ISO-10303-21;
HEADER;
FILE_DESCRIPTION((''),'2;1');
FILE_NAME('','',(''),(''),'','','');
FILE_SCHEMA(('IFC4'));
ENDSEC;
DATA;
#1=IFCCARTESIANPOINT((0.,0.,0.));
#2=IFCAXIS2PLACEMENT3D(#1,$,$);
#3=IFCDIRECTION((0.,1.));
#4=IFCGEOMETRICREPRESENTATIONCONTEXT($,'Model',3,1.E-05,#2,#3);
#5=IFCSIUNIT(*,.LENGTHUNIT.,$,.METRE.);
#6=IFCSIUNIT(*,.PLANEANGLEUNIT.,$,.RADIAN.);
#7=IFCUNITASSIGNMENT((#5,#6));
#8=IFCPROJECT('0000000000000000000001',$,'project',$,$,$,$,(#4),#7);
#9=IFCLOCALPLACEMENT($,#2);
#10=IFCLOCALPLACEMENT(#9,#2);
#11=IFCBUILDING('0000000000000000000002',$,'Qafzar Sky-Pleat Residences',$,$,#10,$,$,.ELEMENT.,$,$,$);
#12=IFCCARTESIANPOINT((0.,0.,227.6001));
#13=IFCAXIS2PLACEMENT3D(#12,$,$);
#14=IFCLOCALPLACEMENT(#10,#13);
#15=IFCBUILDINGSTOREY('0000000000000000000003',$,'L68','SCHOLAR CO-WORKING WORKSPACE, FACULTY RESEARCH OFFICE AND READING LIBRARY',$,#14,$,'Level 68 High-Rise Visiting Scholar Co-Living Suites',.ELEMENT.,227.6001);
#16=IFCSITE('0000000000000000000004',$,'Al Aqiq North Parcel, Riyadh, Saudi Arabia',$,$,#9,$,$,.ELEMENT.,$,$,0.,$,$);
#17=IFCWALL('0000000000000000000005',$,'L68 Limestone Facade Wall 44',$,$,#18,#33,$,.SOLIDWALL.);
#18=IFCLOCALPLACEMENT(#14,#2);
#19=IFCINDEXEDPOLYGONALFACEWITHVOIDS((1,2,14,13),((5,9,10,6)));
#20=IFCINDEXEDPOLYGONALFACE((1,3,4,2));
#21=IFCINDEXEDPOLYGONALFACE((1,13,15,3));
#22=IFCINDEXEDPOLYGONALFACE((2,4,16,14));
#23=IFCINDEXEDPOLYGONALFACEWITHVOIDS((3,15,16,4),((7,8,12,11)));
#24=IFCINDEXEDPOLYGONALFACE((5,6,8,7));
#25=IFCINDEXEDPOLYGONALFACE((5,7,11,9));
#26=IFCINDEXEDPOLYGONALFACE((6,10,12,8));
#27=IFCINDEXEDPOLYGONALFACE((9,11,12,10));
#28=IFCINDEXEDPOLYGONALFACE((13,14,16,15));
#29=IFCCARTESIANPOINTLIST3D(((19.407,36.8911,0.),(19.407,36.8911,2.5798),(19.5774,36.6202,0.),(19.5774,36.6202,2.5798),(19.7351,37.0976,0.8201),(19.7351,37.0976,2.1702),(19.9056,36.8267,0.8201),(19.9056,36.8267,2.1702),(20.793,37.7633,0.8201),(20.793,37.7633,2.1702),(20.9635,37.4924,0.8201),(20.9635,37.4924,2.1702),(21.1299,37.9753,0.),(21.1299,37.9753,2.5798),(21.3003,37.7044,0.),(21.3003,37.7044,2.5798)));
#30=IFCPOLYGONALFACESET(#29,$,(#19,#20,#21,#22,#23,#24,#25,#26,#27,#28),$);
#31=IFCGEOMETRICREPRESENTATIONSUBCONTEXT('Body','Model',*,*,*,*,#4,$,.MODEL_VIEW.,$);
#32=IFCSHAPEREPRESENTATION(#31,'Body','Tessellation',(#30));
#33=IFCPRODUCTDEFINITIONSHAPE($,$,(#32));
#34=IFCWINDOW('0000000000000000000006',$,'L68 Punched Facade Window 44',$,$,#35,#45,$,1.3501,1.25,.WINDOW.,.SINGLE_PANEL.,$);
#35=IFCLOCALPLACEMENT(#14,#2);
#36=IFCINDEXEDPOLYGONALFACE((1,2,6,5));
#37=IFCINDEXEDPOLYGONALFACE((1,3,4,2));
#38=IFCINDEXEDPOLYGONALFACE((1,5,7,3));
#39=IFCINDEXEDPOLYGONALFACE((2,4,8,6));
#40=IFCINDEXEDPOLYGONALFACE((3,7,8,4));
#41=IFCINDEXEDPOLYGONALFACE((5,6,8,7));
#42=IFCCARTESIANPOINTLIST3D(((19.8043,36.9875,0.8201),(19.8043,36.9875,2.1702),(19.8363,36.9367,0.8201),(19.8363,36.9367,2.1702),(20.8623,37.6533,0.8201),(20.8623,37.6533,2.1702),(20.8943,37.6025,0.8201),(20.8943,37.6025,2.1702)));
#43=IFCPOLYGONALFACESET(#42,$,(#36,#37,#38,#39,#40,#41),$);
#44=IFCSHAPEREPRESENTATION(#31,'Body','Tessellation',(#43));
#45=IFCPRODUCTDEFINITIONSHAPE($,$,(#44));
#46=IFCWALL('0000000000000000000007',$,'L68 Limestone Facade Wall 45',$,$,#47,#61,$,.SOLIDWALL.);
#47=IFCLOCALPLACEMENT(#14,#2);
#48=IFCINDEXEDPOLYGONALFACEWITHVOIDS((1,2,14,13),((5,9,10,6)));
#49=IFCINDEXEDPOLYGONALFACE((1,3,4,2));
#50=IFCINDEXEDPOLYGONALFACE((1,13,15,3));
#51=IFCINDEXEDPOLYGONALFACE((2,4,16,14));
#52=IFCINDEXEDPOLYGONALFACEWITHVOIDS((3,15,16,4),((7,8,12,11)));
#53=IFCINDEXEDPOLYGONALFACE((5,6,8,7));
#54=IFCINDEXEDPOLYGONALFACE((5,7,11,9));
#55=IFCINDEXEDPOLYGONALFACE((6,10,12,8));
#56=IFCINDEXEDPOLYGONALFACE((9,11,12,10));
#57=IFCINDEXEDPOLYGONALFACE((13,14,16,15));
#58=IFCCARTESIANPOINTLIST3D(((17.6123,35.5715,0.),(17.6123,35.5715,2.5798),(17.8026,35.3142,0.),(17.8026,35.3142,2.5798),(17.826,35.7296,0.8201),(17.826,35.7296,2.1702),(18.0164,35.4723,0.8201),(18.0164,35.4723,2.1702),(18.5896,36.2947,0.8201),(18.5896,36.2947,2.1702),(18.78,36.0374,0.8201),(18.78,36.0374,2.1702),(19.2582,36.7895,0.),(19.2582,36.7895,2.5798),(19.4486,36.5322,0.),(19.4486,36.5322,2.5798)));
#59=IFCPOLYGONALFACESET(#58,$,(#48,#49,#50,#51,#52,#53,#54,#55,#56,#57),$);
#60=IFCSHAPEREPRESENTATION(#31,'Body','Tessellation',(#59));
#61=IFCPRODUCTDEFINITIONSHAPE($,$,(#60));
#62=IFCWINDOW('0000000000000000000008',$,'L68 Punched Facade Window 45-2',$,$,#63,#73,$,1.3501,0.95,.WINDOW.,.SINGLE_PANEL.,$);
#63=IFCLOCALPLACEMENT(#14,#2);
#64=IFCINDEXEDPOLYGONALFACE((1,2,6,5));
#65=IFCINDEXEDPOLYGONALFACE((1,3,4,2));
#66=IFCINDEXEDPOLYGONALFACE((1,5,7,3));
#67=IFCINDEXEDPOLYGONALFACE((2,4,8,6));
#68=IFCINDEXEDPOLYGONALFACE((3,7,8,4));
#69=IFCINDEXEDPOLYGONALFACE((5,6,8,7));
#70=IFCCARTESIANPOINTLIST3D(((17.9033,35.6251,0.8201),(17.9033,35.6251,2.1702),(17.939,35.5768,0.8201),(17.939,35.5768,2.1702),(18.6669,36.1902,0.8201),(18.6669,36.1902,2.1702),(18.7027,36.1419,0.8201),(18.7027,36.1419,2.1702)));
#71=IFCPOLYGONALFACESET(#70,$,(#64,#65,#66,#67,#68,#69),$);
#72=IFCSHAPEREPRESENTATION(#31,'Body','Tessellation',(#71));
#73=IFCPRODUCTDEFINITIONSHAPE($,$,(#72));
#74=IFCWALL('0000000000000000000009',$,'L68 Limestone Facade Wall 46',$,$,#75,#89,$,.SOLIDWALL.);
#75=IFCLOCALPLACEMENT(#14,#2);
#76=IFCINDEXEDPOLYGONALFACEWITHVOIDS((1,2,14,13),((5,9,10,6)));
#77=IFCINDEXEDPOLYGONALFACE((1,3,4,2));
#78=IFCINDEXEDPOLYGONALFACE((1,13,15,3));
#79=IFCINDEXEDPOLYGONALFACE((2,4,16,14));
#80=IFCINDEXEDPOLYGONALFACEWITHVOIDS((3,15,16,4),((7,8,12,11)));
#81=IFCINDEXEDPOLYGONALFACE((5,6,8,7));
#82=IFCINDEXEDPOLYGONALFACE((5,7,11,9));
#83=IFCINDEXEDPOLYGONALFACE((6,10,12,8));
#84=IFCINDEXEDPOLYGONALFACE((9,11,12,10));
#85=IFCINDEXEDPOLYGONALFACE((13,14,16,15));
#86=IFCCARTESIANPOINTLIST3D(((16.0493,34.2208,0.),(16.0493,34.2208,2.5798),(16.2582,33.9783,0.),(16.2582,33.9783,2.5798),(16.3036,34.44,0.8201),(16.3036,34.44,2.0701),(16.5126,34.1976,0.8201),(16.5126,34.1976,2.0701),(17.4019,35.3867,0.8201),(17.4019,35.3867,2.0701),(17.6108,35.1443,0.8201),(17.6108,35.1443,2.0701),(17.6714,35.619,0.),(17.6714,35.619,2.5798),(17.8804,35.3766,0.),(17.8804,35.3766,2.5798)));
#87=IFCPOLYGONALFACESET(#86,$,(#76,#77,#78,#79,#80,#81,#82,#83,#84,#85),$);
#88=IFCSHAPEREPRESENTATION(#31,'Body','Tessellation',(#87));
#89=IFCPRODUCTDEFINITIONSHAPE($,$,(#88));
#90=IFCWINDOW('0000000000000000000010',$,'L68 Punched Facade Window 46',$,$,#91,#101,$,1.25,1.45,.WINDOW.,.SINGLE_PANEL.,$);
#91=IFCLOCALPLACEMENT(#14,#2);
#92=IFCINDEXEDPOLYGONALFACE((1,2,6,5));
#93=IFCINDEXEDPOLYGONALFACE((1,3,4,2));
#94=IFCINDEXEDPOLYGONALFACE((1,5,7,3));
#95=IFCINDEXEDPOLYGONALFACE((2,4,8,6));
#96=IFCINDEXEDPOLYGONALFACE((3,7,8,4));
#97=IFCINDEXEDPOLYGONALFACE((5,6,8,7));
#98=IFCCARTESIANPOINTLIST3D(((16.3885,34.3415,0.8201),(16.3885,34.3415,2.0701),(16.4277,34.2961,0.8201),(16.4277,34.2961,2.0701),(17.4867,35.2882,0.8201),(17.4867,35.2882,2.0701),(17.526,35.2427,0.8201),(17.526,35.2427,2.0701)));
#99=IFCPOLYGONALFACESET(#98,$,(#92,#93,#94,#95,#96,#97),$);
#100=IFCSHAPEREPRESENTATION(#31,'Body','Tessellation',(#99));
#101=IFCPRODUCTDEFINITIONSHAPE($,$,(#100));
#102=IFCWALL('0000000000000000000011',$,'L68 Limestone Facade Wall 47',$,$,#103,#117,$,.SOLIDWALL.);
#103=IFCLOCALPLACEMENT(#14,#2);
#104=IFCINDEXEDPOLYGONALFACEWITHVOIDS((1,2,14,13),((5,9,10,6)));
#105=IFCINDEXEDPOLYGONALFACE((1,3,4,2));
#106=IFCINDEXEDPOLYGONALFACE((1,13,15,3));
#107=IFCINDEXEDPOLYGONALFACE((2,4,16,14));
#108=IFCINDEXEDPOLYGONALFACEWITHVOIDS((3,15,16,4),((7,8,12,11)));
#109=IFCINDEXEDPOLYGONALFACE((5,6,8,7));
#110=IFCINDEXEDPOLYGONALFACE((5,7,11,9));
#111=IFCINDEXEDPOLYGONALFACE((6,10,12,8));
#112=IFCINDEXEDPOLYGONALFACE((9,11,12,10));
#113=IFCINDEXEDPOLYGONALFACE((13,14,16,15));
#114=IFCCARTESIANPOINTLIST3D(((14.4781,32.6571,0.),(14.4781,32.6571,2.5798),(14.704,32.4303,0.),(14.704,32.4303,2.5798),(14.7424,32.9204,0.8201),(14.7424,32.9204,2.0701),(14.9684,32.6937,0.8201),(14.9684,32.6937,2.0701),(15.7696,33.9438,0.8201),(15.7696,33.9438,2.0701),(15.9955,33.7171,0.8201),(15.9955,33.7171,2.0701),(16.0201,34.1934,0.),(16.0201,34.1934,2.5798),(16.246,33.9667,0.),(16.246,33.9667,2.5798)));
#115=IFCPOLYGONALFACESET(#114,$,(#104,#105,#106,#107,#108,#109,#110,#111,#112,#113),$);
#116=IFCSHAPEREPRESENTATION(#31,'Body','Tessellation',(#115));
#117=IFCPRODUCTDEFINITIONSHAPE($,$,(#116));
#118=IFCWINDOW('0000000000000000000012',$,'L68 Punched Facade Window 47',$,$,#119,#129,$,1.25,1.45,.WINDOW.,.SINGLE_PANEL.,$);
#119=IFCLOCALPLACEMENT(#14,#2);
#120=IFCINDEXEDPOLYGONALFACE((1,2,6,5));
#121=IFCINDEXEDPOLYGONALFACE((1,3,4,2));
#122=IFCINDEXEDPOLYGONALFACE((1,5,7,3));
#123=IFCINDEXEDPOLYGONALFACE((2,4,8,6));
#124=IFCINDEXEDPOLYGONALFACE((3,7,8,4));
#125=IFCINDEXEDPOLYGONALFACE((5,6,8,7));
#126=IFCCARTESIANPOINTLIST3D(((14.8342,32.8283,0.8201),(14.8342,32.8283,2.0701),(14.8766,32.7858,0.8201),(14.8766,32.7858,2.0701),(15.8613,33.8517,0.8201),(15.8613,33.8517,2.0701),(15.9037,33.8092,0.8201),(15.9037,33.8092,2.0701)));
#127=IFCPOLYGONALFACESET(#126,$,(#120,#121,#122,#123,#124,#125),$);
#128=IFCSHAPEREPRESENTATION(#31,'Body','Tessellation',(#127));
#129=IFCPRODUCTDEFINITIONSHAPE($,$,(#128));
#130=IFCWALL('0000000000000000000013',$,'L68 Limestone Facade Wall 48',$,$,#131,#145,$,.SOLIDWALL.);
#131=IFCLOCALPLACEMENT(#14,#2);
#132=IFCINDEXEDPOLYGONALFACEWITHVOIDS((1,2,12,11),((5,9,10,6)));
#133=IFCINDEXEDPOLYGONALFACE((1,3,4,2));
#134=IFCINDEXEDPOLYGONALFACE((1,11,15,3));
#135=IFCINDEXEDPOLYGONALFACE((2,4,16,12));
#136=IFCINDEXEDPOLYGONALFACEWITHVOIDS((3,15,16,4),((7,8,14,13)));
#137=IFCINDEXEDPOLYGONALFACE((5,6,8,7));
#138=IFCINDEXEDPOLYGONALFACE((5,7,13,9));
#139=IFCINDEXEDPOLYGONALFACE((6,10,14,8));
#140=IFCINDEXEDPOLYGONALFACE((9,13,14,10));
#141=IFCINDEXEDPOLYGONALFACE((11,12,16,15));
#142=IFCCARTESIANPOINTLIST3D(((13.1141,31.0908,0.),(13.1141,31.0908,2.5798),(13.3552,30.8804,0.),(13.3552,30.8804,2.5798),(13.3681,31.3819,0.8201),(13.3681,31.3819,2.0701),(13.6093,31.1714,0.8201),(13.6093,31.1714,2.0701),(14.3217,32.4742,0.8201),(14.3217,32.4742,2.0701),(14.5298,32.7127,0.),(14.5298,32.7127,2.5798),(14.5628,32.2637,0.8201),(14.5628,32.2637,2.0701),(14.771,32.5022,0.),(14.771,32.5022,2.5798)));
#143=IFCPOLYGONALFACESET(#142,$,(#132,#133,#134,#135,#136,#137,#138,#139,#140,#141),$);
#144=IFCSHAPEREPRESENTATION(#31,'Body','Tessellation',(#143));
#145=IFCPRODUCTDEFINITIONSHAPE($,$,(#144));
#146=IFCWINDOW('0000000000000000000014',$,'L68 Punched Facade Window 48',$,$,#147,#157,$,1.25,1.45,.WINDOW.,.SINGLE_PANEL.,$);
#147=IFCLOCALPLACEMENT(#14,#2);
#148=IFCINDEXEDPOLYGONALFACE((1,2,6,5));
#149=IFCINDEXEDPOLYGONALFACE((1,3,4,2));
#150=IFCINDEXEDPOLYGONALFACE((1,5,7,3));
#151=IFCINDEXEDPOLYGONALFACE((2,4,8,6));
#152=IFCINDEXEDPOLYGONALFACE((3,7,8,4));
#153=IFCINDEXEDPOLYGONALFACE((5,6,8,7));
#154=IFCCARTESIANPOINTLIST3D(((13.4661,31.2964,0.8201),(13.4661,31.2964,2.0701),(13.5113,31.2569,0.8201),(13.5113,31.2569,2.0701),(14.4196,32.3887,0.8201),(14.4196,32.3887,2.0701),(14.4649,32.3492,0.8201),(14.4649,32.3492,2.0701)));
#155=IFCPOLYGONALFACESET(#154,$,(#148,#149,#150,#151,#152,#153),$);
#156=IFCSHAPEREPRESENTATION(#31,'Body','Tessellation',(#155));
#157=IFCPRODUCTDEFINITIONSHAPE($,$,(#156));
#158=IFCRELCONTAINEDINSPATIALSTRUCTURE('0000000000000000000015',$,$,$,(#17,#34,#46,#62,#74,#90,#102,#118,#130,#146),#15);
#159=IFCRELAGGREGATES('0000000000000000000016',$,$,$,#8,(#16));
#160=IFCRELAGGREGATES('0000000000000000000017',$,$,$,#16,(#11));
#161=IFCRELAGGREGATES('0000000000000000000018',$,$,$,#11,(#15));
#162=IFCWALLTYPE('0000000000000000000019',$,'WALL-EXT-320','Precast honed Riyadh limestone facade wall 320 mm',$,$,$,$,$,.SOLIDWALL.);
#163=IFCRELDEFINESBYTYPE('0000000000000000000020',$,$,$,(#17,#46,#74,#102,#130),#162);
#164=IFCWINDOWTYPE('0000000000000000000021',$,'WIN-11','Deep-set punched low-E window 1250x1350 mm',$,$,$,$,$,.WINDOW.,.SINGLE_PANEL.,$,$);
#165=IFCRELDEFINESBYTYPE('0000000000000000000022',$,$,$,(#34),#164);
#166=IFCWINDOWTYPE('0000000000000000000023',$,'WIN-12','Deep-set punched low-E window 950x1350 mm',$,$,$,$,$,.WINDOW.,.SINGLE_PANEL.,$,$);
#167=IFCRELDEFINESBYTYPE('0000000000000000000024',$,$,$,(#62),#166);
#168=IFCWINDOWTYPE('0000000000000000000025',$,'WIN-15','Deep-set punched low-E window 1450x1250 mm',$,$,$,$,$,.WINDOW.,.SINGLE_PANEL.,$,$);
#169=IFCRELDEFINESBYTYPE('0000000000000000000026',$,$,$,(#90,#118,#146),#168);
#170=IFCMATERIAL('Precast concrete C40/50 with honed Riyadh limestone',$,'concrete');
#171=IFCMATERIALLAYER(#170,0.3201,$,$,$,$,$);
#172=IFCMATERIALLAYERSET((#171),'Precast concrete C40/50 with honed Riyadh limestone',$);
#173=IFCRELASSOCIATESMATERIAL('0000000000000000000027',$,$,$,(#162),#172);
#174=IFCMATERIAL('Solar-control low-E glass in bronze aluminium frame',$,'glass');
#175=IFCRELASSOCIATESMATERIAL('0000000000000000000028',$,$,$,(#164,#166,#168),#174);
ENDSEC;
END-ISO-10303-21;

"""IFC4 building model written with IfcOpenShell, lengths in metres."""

from ifc_helpers import new_model, si_unit, direction, frame, frame_2d, origin, place, context, subcontext, project, spatial, rectangle, extrude, source, transform, mapped, material, layer, layer_set, type_object, element, fill, save


model = new_model("IFC4")

# Units and contexts
model_context = context("Model", 3, precision=1e-05, world=origin(), true_north=direction((0.0, 1.0)))
body_context = subcontext(model_context, "Body", "Model", "MODEL_VIEW")
ifc_project = project(units=[si_unit("LENGTHUNIT", "METRE"), si_unit("PLANEANGLEUNIT", "RADIAN")], contexts=[model_context])

# Site, building, storey
site_placement = place(None, origin())
site = spatial("IfcSite", under=ifc_project, at=site_placement, Name="Al Aqiq North Parcel, Riyadh, Saudi Arabia", CompositionType="ELEMENT", RefElevation=0.0)
building_placement = place(site_placement, origin())
building = spatial("IfcBuilding", under=site, at=building_placement, Name="Qafzar Sky-Pleat Residences", CompositionType="ELEMENT")
storey_placement = place(building_placement, frame((0.0, 0.0, 227.6001)))
storey = spatial("IfcBuildingStorey", under=building, at=storey_placement, Name="L68", Description="SCHOLAR CO-WORKING WORKSPACE, FACULTY RESEARCH OFFICE AND READING LIBRARY", LongName="Level 68 High-Rise Visiting Scholar Co-Living Suites", CompositionType="ELEMENT", Elevation=227.6001)

# Walls, openings, windows
ifc_material_1 = material(Name="Precast concrete C40/50 with honed Riyadh limestone", Category="concrete")
ifc_layer_1 = layer(ifc_material_1, 0.3201)
ifc_layer_set_1 = layer_set([ifc_layer_1], Name="Precast concrete C40/50 with honed Riyadh limestone")
wall_type_1 = type_object("IfcWallType", Name="WALL-EXT-320", Description="Precast honed Riyadh limestone facade wall 320 mm", PredefinedType="SOLIDWALL", material=ifc_layer_set_1)
wall_1_placement = place(storey_placement, frame((21.2151, 37.8398, 0.0), z_axis=(0.0, 0.0, 1.0), x_axis=(-0.846357, -0.532616, 0.0)))
wall_1 = element("IfcWall", 1, at=wall_1_placement, inside=storey, type_object=wall_type_1, Name="L68 Limestone Facade Wall 44", PredefinedType="SOLIDWALL", context=body_context, shape_type="SweptSolid", body=[
    extrude(rectangle(XDim=2.0356, YDim=0.3201, at=frame_2d((1.0178, 0.0))), origin(), (0.0, 0.0, 1.0), 2.5798),
])
opening_1_placement = place(wall_1_placement, frame((0.3979, 0.0, 0.8201)))
opening_1 = element("IfcOpeningElement", 2, at=opening_1_placement, cuts=wall_1, PredefinedType="OPENING", context=body_context, shape_type="SweptSolid", body=[
    extrude(rectangle(XDim=1.25, YDim=1.3501, at=frame_2d((0.625, 0.675))), frame((0.0, 0.1699, 0.0), z_axis=(0.0, -1.0, 0.0), x_axis=(1.0, 0.0, 0.0)), (0.0, 0.0, 1.0), 0.3401),
])
ifc_material_2 = material(Name="Solar-control low-E glass in bronze aluminium frame", Category="glass")
window_type_1 = type_object("IfcWindowType", Name="WIN-11", Description="Deep-set punched low-E window 1250x1350 mm", PartitioningType="SINGLE_PANEL", PredefinedType="WINDOW", material=ifc_material_2)
shared_shape_1 = source(origin(), body_context, "Body", "SweptSolid", [
    extrude(rectangle(XDim=1.25, YDim=1.3501, at=frame_2d((0.625, 0.675))), frame((0.0, 0.03, 0.0), z_axis=(0.0, -1.0, 0.0), x_axis=(1.0, 0.0, 0.0)), (0.0, 0.0, 1.0), 0.0601),
])
window_1_placement = place(opening_1_placement, origin())
window_1 = element("IfcWindow", 3, at=window_1_placement, inside=storey, type_object=window_type_1, Name="L68 Punched Facade Window 44", OverallHeight=1.3501, OverallWidth=1.25, PartitioningType="SINGLE_PANEL", PredefinedType="WINDOW", context=body_context, shape_type="MappedRepresentation", body=[
    mapped(shared_shape_1, transform((0.0, 0.0, 0.0), x_axis=(1.0, 0.0, 0.0), y_axis=(0.0, 1.0, 0.0), z_axis=(0.0, 0.0, 1.0), scale=1.0)),
])
fill(opening_1, window_1)
wall_2_placement = place(storey_placement, frame((19.3535, 36.6609, 0.0), z_axis=(0.0, 0.0, 1.0), x_axis=(-0.803846, -0.594837, 0.0)))
wall_2 = element("IfcWall", 4, at=wall_2_placement, inside=storey, type_object=wall_type_1, Name="L68 Limestone Facade Wall 45", PredefinedType="SOLIDWALL", context=body_context, shape_type="SweptSolid", body=[
    extrude(rectangle(XDim=2.0476, YDim=0.3201, at=frame_2d((1.0239, 0.0))), origin(), (0.0, 0.0, 1.0), 2.5798),
])
opening_2_placement = place(wall_2_placement, frame((0.8318, 0.0, 0.8201)))
opening_2 = element("IfcOpeningElement", 5, at=opening_2_placement, cuts=wall_2, PredefinedType="OPENING", context=body_context, shape_type="SweptSolid", body=[
    extrude(rectangle(XDim=0.95, YDim=1.3501, at=frame_2d((0.4751, 0.675))), frame((0.0, 0.1699, 0.0), z_axis=(0.0, -1.0, 0.0), x_axis=(1.0, 0.0, 0.0)), (0.0, 0.0, 1.0), 0.3401),
])
window_type_2 = type_object("IfcWindowType", Name="WIN-12", Description="Deep-set punched low-E window 950x1350 mm", PartitioningType="SINGLE_PANEL", PredefinedType="WINDOW", material=ifc_material_2)
shared_shape_2 = source(origin(), body_context, "Body", "SweptSolid", [
    extrude(rectangle(XDim=0.95, YDim=1.3501, at=frame_2d((0.4751, 0.675))), frame((0.0, 0.03, 0.0), z_axis=(0.0, -1.0, 0.0), x_axis=(1.0, 0.0, 0.0)), (0.0, 0.0, 1.0), 0.0601),
])
window_2_placement = place(opening_2_placement, origin())
window_2 = element("IfcWindow", 6, at=window_2_placement, inside=storey, type_object=window_type_2, Name="L68 Punched Facade Window 45-2", OverallHeight=1.3501, OverallWidth=0.95, PartitioningType="SINGLE_PANEL", PredefinedType="WINDOW", context=body_context, shape_type="MappedRepresentation", body=[
    mapped(shared_shape_2, transform((0.0, 0.0, 0.0), x_axis=(1.0, 0.0, 0.0), y_axis=(0.0, 1.0, 0.0), z_axis=(0.0, 0.0, 1.0), scale=1.0)),
])
fill(opening_2, window_2)
wall_3_placement = place(storey_placement, frame((17.7759, 35.4978, 0.0), z_axis=(0.0, 0.0, 1.0), x_axis=(-0.757443, -0.652901, 0.0)))
wall_3 = element("IfcWall", 7, at=wall_3_placement, inside=storey, type_object=wall_type_1, Name="L68 Limestone Facade Wall 46", PredefinedType="SOLIDWALL", context=body_context, shape_type="SweptSolid", body=[
    extrude(rectangle(XDim=2.1416, YDim=0.3201, at=frame_2d((1.0708, 0.0))), origin(), (0.0, 0.0, 1.0), 2.5798),
])
opening_3_placement = place(wall_3_placement, frame((0.3557, 0.0, 0.8201)))
opening_3 = element("IfcOpeningElement", 8, at=opening_3_placement, cuts=wall_3, PredefinedType="OPENING", context=body_context, shape_type="SweptSolid", body=[
    extrude(rectangle(XDim=1.45, YDim=1.25, at=frame_2d((0.7251, 0.625))), frame((0.0, 0.1699, 0.0), z_axis=(0.0, -1.0, 0.0), x_axis=(1.0, 0.0, 0.0)), (0.0, 0.0, 1.0), 0.3401),
])
window_type_3 = type_object("IfcWindowType", Name="WIN-15", Description="Deep-set punched low-E window 1450x1250 mm", PartitioningType="SINGLE_PANEL", PredefinedType="WINDOW", material=ifc_material_2)
shared_shape_3 = source(origin(), body_context, "Body", "SweptSolid", [
    extrude(rectangle(XDim=1.45, YDim=1.25, at=frame_2d((0.7251, 0.625))), frame((0.0, 0.03, 0.0), z_axis=(0.0, -1.0, 0.0), x_axis=(1.0, 0.0, 0.0)), (0.0, 0.0, 1.0), 0.0601),
])
window_3_placement = place(opening_3_placement, origin())
window_3 = element("IfcWindow", 9, at=window_3_placement, inside=storey, type_object=window_type_3, Name="L68 Punched Facade Window 46", OverallHeight=1.25, OverallWidth=1.45, PartitioningType="SINGLE_PANEL", PredefinedType="WINDOW", context=body_context, shape_type="MappedRepresentation", body=[
    mapped(shared_shape_3, transform((0.0, 0.0, 0.0), x_axis=(1.0, 0.0, 0.0), y_axis=(0.0, 1.0, 0.0), z_axis=(0.0, 0.0, 1.0), scale=1.0)),
])
fill(opening_3, window_3)
wall_4_placement = place(storey_placement, frame((16.1331, 34.0801, 0.0), z_axis=(0.0, 0.0, 1.0), x_axis=(-0.708395, -0.705816, 0.0)))
wall_4 = element("IfcWall", 10, at=wall_4_placement, inside=storey, type_object=wall_type_1, Name="L68 Limestone Facade Wall 47", PredefinedType="SOLIDWALL", context=body_context, shape_type="SweptSolid", body=[
    extrude(rectangle(XDim=2.1768, YDim=0.3201, at=frame_2d((1.0884, 0.0))), origin(), (0.0, 0.0, 1.0), 2.5798),
])
opening_4_placement = place(wall_4_placement, frame((0.3535, 0.0, 0.8201)))
opening_4 = element("IfcOpeningElement", 11, at=opening_4_placement, cuts=wall_4, PredefinedType="OPENING", context=body_context, shape_type="SweptSolid", body=[
    extrude(rectangle(XDim=1.45, YDim=1.25, at=frame_2d((0.7251, 0.625))), frame((0.0, 0.1699, 0.0), z_axis=(0.0, -1.0, 0.0), x_axis=(1.0, 0.0, 0.0)), (0.0, 0.0, 1.0), 0.3401),
])
window_4_placement = place(opening_4_placement, origin())
window_4 = element("IfcWindow", 12, at=window_4_placement, inside=storey, type_object=window_type_3, Name="L68 Punched Facade Window 47", OverallHeight=1.25, OverallWidth=1.45, PartitioningType="SINGLE_PANEL", PredefinedType="WINDOW", context=body_context, shape_type="MappedRepresentation", body=[
    mapped(shared_shape_3, transform((0.0, 0.0, 0.0), x_axis=(1.0, 0.0, 0.0), y_axis=(0.0, 1.0, 0.0), z_axis=(0.0, 0.0, 1.0), scale=1.0)),
])
fill(opening_4, window_4)
wall_5_placement = place(storey_placement, frame((14.6504, 32.6074, 0.0), z_axis=(0.0, 0.0, 1.0), x_axis=(-0.657629, -0.753342, 0.0)))
wall_5 = element("IfcWall", 13, at=wall_5_placement, inside=storey, type_object=wall_type_1, Name="L68 Limestone Facade Wall 48", PredefinedType="SOLIDWALL", context=body_context, shape_type="SweptSolid", body=[
    extrude(rectangle(XDim=2.1528, YDim=0.3201, at=frame_2d((1.0764, 0.0))), origin(), (0.0, 0.0, 1.0), 2.5798),
])
opening_5_placement = place(wall_5_placement, frame((0.3164, 0.0, 0.8201)))
opening_5 = element("IfcOpeningElement", 14, at=opening_5_placement, cuts=wall_5, PredefinedType="OPENING", context=body_context, shape_type="SweptSolid", body=[
    extrude(rectangle(XDim=1.45, YDim=1.25, at=frame_2d((0.7251, 0.625))), frame((0.0, 0.1699, 0.0), z_axis=(0.0, -1.0, 0.0), x_axis=(1.0, 0.0, 0.0)), (0.0, 0.0, 1.0), 0.3401),
])
window_5_placement = place(opening_5_placement, origin())
window_5 = element("IfcWindow", 15, at=window_5_placement, inside=storey, type_object=window_type_3, Name="L68 Punched Facade Window 48", OverallHeight=1.25, OverallWidth=1.45, PartitioningType="SINGLE_PANEL", PredefinedType="WINDOW", context=body_context, shape_type="MappedRepresentation", body=[
    mapped(shared_shape_3, transform((0.0, 0.0, 0.0), x_axis=(1.0, 0.0, 0.0), y_axis=(0.0, 1.0, 0.0), z_axis=(0.0, 0.0, 1.0), scale=1.0)),
])
fill(opening_5, window_5)

save(model, "model.ifc")
